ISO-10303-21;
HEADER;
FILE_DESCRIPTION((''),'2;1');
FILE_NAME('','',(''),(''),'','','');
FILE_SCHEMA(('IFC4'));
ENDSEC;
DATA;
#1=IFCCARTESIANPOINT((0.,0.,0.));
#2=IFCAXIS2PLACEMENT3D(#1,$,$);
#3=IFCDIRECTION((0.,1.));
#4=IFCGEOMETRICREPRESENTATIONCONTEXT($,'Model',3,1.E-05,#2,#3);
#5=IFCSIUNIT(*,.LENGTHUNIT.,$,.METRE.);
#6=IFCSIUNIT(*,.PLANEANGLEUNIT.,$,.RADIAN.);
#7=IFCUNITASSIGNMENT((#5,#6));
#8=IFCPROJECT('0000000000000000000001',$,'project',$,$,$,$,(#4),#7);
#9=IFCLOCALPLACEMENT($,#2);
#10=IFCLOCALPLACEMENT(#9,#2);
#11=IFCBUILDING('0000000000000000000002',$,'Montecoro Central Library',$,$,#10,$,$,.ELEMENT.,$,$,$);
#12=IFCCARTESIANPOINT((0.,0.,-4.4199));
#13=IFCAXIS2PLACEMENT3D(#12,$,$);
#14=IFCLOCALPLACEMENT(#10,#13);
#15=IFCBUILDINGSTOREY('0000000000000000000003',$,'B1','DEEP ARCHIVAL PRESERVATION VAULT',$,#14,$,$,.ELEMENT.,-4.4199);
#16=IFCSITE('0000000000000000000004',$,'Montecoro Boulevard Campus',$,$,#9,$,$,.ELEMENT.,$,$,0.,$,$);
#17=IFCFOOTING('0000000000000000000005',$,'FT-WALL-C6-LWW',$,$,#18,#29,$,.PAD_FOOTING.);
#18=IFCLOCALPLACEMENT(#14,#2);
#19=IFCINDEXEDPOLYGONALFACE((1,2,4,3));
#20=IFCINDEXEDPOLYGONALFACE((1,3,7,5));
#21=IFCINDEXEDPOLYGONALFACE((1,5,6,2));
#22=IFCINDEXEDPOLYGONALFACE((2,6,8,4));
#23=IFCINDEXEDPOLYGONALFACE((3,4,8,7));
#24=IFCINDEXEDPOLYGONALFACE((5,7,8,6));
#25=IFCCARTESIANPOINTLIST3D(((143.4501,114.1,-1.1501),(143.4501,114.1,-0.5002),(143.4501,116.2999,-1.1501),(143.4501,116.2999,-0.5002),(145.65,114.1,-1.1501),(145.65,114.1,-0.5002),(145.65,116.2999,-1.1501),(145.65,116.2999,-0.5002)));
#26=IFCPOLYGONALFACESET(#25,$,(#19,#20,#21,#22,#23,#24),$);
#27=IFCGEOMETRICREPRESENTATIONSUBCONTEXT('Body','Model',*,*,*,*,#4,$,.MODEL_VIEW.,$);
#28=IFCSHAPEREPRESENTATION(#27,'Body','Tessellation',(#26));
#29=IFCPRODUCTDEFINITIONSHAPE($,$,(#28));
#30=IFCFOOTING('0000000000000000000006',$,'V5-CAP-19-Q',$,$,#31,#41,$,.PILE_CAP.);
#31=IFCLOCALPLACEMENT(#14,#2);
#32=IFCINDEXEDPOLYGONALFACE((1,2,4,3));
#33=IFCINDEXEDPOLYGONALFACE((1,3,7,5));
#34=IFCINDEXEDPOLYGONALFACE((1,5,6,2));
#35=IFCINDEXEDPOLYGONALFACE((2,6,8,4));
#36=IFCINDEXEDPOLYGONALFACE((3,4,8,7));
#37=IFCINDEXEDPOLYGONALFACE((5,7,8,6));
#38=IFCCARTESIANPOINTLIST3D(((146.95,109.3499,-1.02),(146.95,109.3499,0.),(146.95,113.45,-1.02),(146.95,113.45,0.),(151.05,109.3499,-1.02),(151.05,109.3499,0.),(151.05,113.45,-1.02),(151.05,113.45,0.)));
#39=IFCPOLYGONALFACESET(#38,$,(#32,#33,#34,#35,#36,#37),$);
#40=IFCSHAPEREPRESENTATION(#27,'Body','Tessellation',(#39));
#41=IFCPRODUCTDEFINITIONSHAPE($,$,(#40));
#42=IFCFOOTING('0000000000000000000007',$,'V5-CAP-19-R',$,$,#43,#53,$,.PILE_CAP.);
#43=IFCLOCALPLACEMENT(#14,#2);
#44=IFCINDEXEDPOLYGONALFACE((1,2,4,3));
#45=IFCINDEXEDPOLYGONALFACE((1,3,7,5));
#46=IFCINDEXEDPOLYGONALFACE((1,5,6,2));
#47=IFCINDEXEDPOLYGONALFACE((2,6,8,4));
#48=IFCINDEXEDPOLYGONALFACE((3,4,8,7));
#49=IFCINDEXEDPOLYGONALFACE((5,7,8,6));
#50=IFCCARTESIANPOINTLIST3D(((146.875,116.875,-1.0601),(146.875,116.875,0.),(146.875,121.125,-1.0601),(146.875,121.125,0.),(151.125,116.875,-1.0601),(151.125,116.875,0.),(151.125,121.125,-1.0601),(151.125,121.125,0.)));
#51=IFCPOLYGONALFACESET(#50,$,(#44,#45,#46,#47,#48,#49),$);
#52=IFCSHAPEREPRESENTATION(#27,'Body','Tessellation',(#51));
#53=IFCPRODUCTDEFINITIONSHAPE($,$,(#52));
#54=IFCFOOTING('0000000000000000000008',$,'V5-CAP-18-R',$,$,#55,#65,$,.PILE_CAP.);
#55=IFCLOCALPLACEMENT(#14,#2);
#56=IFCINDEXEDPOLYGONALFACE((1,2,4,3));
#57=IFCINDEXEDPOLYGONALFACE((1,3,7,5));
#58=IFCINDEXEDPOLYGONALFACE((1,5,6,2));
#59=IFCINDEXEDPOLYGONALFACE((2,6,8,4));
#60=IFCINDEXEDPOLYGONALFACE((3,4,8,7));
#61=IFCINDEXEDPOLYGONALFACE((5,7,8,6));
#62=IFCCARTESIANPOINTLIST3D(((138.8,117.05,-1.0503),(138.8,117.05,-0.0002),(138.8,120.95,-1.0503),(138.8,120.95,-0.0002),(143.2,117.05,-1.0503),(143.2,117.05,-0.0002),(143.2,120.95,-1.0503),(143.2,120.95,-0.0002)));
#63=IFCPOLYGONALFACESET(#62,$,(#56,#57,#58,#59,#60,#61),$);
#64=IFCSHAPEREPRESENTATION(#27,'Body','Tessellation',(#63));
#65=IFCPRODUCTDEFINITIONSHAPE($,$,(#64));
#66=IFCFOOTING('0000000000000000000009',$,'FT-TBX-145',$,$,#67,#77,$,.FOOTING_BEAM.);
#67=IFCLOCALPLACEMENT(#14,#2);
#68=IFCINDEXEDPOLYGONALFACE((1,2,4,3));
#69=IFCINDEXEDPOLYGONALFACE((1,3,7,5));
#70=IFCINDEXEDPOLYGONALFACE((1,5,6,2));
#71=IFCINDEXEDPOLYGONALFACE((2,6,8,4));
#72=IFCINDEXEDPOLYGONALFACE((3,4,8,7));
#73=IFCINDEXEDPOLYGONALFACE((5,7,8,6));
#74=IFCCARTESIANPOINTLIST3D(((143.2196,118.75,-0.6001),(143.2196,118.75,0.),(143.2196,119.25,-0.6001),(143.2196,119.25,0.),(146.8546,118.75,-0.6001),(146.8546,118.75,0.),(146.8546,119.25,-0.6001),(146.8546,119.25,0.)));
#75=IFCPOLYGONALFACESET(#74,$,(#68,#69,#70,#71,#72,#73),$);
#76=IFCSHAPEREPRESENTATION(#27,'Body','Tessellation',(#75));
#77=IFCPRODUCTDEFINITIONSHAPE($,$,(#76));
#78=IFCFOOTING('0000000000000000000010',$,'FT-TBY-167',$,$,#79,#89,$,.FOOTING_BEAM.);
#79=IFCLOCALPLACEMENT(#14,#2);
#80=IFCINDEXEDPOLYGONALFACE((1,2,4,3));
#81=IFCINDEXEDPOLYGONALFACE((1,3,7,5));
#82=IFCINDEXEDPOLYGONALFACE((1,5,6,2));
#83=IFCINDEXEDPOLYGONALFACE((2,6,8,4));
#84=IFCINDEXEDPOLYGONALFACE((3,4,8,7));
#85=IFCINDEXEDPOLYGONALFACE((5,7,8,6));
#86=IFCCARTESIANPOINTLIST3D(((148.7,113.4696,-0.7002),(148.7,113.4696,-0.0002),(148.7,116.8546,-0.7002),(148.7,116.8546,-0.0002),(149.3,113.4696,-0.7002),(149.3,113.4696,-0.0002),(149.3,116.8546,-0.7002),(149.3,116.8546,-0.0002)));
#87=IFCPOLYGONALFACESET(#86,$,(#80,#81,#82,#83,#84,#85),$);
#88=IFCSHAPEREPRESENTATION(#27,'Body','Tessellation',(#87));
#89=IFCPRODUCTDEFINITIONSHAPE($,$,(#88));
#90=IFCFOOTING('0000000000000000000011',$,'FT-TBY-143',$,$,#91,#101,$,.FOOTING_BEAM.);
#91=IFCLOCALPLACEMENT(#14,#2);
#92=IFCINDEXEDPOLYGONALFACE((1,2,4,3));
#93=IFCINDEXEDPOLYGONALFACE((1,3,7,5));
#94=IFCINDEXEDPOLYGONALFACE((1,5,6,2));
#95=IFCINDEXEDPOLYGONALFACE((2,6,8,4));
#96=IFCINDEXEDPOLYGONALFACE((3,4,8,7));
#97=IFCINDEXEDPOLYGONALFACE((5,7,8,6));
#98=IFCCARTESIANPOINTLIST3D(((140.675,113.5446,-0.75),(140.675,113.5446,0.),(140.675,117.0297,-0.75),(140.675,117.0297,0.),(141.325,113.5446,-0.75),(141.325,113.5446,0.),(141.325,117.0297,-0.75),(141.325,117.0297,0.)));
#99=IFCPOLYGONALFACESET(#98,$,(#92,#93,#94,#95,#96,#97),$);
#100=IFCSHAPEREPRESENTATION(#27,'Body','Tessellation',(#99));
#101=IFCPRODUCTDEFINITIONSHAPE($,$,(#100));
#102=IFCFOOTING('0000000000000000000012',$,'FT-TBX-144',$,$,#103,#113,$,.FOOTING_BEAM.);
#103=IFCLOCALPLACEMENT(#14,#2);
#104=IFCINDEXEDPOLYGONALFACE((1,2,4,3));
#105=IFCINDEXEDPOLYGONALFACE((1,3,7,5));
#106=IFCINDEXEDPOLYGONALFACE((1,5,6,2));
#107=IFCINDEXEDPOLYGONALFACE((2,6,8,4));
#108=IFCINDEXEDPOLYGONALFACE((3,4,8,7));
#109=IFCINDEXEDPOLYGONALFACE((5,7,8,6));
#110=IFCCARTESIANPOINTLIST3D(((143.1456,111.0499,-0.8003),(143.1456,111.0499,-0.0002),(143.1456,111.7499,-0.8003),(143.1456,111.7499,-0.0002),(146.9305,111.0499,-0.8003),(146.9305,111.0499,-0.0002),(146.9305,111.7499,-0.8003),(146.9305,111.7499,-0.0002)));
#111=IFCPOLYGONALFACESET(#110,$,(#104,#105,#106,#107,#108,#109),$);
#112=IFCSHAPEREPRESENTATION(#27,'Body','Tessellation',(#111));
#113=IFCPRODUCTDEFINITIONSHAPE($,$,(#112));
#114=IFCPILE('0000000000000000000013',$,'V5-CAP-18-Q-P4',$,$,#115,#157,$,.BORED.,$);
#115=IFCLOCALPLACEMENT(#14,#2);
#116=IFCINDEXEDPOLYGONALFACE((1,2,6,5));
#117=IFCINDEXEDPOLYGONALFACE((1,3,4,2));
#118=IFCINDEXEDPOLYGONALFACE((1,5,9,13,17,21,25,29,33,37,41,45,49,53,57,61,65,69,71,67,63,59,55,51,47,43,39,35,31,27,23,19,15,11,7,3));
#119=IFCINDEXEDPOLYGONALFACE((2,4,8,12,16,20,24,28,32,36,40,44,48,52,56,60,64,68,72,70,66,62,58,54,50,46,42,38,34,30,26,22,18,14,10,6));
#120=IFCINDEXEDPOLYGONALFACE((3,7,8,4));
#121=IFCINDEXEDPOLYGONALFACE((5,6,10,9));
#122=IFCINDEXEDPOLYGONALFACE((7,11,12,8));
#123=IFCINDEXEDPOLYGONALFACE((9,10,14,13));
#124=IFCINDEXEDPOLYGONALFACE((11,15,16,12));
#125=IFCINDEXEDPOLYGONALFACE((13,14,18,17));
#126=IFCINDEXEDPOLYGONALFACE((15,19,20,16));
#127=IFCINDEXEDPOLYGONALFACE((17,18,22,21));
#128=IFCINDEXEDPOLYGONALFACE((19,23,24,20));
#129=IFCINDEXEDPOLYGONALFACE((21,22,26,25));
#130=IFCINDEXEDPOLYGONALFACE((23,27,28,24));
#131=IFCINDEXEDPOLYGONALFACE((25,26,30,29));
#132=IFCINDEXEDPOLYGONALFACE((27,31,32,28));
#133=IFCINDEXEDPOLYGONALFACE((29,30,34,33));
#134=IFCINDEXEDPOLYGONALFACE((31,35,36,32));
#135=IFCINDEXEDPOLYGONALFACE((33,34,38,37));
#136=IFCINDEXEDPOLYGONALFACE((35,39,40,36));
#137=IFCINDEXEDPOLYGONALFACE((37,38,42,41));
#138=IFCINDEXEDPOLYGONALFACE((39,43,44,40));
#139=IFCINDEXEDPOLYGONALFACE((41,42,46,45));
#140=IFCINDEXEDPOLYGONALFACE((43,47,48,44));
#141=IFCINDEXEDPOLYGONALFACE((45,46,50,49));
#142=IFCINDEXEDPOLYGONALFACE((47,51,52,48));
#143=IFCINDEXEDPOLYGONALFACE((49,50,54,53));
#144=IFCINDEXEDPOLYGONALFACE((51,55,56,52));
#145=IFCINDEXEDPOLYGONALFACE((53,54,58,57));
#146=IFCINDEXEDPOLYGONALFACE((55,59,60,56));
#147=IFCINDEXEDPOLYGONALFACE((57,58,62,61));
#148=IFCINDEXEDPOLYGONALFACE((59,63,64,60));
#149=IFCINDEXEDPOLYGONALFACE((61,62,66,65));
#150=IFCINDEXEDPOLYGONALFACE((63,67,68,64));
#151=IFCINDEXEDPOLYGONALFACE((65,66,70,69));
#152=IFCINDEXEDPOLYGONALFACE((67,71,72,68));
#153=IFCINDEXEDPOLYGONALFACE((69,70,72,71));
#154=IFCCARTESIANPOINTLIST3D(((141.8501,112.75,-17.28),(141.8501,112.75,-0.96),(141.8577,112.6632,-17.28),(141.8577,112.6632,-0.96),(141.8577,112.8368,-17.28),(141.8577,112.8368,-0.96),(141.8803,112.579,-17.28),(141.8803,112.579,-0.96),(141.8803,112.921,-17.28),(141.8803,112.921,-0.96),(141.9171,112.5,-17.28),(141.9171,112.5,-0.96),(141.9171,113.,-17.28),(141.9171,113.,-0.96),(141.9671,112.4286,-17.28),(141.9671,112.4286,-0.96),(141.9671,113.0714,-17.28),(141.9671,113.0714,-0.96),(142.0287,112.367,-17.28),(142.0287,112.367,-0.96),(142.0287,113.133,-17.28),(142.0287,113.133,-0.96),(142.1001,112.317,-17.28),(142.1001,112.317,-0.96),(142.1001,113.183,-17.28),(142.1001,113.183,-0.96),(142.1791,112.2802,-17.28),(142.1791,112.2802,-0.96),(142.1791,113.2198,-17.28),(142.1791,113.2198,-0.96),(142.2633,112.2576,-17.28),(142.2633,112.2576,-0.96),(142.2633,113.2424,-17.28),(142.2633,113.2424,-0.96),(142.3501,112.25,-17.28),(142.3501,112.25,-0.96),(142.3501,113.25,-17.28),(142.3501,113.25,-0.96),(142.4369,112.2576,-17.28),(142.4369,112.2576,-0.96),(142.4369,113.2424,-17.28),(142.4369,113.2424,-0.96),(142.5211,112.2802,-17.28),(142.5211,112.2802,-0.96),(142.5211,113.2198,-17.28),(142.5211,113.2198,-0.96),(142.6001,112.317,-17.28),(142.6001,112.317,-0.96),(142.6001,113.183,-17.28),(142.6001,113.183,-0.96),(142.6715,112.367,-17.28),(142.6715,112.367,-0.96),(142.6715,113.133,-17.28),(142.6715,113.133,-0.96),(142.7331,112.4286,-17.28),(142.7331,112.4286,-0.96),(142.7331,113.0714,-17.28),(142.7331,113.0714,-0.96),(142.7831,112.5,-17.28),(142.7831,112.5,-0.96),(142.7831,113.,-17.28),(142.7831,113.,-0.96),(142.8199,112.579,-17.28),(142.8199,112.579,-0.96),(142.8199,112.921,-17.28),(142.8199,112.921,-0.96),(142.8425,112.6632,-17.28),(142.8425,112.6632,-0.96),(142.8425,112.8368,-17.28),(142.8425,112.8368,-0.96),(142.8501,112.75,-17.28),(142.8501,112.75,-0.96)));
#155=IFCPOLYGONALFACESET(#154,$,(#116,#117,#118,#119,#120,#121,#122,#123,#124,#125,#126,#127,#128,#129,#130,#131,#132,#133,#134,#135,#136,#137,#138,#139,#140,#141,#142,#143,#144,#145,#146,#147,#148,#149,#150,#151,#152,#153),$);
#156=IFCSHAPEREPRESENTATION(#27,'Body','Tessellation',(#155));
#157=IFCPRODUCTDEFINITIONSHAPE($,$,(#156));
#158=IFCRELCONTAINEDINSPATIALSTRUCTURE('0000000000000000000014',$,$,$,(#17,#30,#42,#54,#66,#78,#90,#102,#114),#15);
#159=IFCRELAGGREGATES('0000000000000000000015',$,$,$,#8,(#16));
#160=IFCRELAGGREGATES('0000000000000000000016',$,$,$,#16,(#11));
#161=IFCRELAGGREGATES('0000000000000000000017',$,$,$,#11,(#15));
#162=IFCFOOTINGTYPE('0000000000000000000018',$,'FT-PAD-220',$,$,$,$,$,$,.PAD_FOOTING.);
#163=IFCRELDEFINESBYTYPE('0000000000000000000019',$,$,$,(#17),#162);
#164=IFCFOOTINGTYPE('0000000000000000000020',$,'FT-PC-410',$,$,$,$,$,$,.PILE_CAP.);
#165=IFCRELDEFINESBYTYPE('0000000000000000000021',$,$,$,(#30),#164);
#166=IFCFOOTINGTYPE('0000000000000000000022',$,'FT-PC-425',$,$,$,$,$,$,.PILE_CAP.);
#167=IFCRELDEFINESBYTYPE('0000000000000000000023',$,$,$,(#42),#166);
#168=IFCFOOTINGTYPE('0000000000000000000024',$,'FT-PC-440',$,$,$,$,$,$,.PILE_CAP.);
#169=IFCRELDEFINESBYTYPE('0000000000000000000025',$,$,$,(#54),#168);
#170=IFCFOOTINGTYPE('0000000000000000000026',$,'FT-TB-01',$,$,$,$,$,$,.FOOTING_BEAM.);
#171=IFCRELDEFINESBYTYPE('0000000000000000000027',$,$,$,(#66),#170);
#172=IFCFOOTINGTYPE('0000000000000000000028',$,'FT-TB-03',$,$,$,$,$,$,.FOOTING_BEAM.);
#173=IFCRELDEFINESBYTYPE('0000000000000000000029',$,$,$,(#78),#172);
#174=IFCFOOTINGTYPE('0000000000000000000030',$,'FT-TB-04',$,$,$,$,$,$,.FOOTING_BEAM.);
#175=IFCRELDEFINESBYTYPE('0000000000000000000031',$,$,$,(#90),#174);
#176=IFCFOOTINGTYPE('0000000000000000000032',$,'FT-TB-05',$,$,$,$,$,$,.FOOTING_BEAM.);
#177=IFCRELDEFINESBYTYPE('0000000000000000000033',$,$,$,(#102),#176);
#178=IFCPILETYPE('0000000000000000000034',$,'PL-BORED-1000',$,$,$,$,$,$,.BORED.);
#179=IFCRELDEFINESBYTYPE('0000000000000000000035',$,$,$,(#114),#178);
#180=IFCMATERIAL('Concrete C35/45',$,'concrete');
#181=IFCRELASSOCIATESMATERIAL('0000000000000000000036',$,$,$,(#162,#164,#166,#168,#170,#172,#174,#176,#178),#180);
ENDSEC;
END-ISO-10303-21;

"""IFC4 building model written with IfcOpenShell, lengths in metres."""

from ifc_helpers import new_model, si_unit, direction, frame, origin, origin_2d, place, context, subcontext, project, spatial, rectangle, circle, extrude, material, material_profile, profile_set, type_object, element, save


model = new_model("IFC4")

# Units and contexts
model_context = context("Model", 3, precision=1e-05, world=origin(), true_north=direction((0.0, 1.0)))
body_context = subcontext(model_context, "Body", "Model", "MODEL_VIEW")
ifc_project = project(units=[si_unit("LENGTHUNIT", "METRE"), si_unit("PLANEANGLEUNIT", "RADIAN")], contexts=[model_context])

# Site, building, storey
site_placement = place(None, origin())
site = spatial("IfcSite", under=ifc_project, at=site_placement, Name="Montecoro Boulevard Campus", CompositionType="ELEMENT", RefElevation=0.0)
building_placement = place(site_placement, origin())
building = spatial("IfcBuilding", under=site, at=building_placement, Name="Montecoro Central Library", CompositionType="ELEMENT")
storey_placement = place(building_placement, frame((0.0, 0.0, -4.4199)))
storey = spatial("IfcBuildingStorey", under=building, at=storey_placement, Name="B1", Description="DEEP ARCHIVAL PRESERVATION VAULT", CompositionType="ELEMENT", Elevation=-4.4199)

# Footings
ifc_material_1 = material(Name="Concrete C35/45", Category="concrete")
footing_type_1 = type_object("IfcFootingType", Name="FT-PAD-220", PredefinedType="PAD_FOOTING", material=ifc_material_1)
footing_1_placement = place(storey_placement, frame((144.55, 115.2, -1.1501), z_axis=(0.0, 0.0, 1.0), x_axis=(1.0, 0.0, 0.0)))
element("IfcFooting", 1, at=footing_1_placement, inside=storey, type_object=footing_type_1, Name="FT-WALL-C6-LWW", PredefinedType="PAD_FOOTING", context=body_context, shape_type="SweptSolid", body=[
    extrude(rectangle(XDim=2.2, YDim=2.2, at=origin_2d()), origin(), (0.0, 0.0, 1.0), 0.6499),
])
footing_type_2 = type_object("IfcFootingType", Name="FT-PC-410", PredefinedType="PILE_CAP", material=ifc_material_1)
footing_2_placement = place(storey_placement, frame((149.0, 111.3999, -1.02), z_axis=(0.0, 0.0, 1.0), x_axis=(1.0, 0.0, 0.0)))
element("IfcFooting", 2, at=footing_2_placement, inside=storey, type_object=footing_type_2, Name="V5-CAP-19-Q", PredefinedType="PILE_CAP", context=body_context, shape_type="SweptSolid", body=[
    extrude(rectangle(XDim=4.1001, YDim=4.1001, at=origin_2d()), origin(), (0.0, 0.0, 1.0), 1.02),
])
footing_type_3 = type_object("IfcFootingType", Name="FT-PC-425", PredefinedType="PILE_CAP", material=ifc_material_1)
footing_3_placement = place(storey_placement, frame((149.0, 119.0, -1.0601), z_axis=(0.0, 0.0, 1.0), x_axis=(1.0, 0.0, 0.0)))
element("IfcFooting", 3, at=footing_3_placement, inside=storey, type_object=footing_type_3, Name="V5-CAP-19-R", PredefinedType="PILE_CAP", context=body_context, shape_type="SweptSolid", body=[
    extrude(rectangle(XDim=4.25, YDim=4.25, at=origin_2d()), origin(), (0.0, 0.0, 1.0), 1.0601),
])
footing_type_4 = type_object("IfcFootingType", Name="FT-PC-440", PredefinedType="PILE_CAP", material=ifc_material_1)
footing_4_placement = place(storey_placement, frame((141.0, 119.0, -1.0503), z_axis=(0.0, 0.0, 1.0), x_axis=(1.0, 0.0, 0.0)))
element("IfcFooting", 4, at=footing_4_placement, inside=storey, type_object=footing_type_4, Name="V5-CAP-18-R", PredefinedType="PILE_CAP", context=body_context, shape_type="SweptSolid", body=[
    extrude(rectangle(XDim=4.3999, YDim=3.8999, at=origin_2d()), origin(), (0.0, 0.0, 1.0), 1.05),
])
footing_type_5 = type_object("IfcFootingType", Name="FT-TB-01", PredefinedType="FOOTING_BEAM", material=ifc_material_1)
footing_5_placement = place(storey_placement, frame((145.0371, 119.0, -0.6001), z_axis=(0.0, 0.0, 1.0), x_axis=(1.0, 0.0, 0.0)))
element("IfcFooting", 5, at=footing_5_placement, inside=storey, type_object=footing_type_5, Name="FT-TBX-145", PredefinedType="FOOTING_BEAM", context=body_context, shape_type="SweptSolid", body=[
    extrude(rectangle(XDim=3.635, YDim=0.5, at=origin_2d()), origin(), (0.0, 0.0, 1.0), 0.6001),
])
footing_type_6 = type_object("IfcFootingType", Name="FT-TB-03", PredefinedType="FOOTING_BEAM", material=ifc_material_1)
footing_6_placement = place(storey_placement, frame((149.0, 115.1621, -0.7002), z_axis=(0.0, 0.0, 1.0), x_axis=(1.0, 0.0, 0.0)))
element("IfcFooting", 6, at=footing_6_placement, inside=storey, type_object=footing_type_6, Name="FT-TBY-167", PredefinedType="FOOTING_BEAM", context=body_context, shape_type="SweptSolid", body=[
    extrude(rectangle(XDim=0.6001, YDim=3.385, at=origin_2d()), origin(), (0.0, 0.0, 1.0), 0.7),
])
footing_type_7 = type_object("IfcFootingType", Name="FT-TB-04", PredefinedType="FOOTING_BEAM", material=ifc_material_1)
footing_7_placement = place(storey_placement, frame((141.0, 115.2871, -0.75), z_axis=(0.0, 0.0, 1.0), x_axis=(1.0, 0.0, 0.0)))
element("IfcFooting", 7, at=footing_7_placement, inside=storey, type_object=footing_type_7, Name="FT-TBY-143", PredefinedType="FOOTING_BEAM", context=body_context, shape_type="SweptSolid", body=[
    extrude(rectangle(XDim=0.6499, YDim=3.4851, at=origin_2d()), origin(), (0.0, 0.0, 1.0), 0.75),
])
footing_type_8 = type_object("IfcFootingType", Name="FT-TB-05", PredefinedType="FOOTING_BEAM", material=ifc_material_1)
footing_8_placement = place(storey_placement, frame((145.0381, 111.3999, -0.8003), z_axis=(0.0, 0.0, 1.0), x_axis=(1.0, 0.0, 0.0)))
element("IfcFooting", 8, at=footing_8_placement, inside=storey, type_object=footing_type_8, Name="FT-TBX-144", PredefinedType="FOOTING_BEAM", context=body_context, shape_type="SweptSolid", body=[
    extrude(rectangle(XDim=3.7849, YDim=0.7, at=origin_2d()), origin(), (0.0, 0.0, 1.0), 0.8),
])

# Pile
ifc_material_profile_1 = material_profile(ifc_material_1, circle(Radius=0.5, at=origin_2d()), Name="PILE D1000")
ifc_profile_set_1 = profile_set([ifc_material_profile_1], Name="Concrete C35/45")
pile_type = type_object("IfcPileType", Name="PL-BORED-1000", PredefinedType="BORED", material=ifc_profile_set_1)
pile_1_placement = place(storey_placement, frame((142.3501, 112.75, -0.96), z_axis=(0.0, 0.0, -1.0), x_axis=(1.0, 0.0, 0.0)))
element("IfcPile", 9, at=pile_1_placement, inside=storey, type_object=pile_type, Name="V5-CAP-18-Q-P4", PredefinedType="BORED", context=body_context, shape_type="SweptSolid", body=[
    extrude(circle(Radius=0.5, at=origin_2d()), origin(), (0.0, 0.0, 1.0), 16.3201),
])

save(model, "model.ifc")
